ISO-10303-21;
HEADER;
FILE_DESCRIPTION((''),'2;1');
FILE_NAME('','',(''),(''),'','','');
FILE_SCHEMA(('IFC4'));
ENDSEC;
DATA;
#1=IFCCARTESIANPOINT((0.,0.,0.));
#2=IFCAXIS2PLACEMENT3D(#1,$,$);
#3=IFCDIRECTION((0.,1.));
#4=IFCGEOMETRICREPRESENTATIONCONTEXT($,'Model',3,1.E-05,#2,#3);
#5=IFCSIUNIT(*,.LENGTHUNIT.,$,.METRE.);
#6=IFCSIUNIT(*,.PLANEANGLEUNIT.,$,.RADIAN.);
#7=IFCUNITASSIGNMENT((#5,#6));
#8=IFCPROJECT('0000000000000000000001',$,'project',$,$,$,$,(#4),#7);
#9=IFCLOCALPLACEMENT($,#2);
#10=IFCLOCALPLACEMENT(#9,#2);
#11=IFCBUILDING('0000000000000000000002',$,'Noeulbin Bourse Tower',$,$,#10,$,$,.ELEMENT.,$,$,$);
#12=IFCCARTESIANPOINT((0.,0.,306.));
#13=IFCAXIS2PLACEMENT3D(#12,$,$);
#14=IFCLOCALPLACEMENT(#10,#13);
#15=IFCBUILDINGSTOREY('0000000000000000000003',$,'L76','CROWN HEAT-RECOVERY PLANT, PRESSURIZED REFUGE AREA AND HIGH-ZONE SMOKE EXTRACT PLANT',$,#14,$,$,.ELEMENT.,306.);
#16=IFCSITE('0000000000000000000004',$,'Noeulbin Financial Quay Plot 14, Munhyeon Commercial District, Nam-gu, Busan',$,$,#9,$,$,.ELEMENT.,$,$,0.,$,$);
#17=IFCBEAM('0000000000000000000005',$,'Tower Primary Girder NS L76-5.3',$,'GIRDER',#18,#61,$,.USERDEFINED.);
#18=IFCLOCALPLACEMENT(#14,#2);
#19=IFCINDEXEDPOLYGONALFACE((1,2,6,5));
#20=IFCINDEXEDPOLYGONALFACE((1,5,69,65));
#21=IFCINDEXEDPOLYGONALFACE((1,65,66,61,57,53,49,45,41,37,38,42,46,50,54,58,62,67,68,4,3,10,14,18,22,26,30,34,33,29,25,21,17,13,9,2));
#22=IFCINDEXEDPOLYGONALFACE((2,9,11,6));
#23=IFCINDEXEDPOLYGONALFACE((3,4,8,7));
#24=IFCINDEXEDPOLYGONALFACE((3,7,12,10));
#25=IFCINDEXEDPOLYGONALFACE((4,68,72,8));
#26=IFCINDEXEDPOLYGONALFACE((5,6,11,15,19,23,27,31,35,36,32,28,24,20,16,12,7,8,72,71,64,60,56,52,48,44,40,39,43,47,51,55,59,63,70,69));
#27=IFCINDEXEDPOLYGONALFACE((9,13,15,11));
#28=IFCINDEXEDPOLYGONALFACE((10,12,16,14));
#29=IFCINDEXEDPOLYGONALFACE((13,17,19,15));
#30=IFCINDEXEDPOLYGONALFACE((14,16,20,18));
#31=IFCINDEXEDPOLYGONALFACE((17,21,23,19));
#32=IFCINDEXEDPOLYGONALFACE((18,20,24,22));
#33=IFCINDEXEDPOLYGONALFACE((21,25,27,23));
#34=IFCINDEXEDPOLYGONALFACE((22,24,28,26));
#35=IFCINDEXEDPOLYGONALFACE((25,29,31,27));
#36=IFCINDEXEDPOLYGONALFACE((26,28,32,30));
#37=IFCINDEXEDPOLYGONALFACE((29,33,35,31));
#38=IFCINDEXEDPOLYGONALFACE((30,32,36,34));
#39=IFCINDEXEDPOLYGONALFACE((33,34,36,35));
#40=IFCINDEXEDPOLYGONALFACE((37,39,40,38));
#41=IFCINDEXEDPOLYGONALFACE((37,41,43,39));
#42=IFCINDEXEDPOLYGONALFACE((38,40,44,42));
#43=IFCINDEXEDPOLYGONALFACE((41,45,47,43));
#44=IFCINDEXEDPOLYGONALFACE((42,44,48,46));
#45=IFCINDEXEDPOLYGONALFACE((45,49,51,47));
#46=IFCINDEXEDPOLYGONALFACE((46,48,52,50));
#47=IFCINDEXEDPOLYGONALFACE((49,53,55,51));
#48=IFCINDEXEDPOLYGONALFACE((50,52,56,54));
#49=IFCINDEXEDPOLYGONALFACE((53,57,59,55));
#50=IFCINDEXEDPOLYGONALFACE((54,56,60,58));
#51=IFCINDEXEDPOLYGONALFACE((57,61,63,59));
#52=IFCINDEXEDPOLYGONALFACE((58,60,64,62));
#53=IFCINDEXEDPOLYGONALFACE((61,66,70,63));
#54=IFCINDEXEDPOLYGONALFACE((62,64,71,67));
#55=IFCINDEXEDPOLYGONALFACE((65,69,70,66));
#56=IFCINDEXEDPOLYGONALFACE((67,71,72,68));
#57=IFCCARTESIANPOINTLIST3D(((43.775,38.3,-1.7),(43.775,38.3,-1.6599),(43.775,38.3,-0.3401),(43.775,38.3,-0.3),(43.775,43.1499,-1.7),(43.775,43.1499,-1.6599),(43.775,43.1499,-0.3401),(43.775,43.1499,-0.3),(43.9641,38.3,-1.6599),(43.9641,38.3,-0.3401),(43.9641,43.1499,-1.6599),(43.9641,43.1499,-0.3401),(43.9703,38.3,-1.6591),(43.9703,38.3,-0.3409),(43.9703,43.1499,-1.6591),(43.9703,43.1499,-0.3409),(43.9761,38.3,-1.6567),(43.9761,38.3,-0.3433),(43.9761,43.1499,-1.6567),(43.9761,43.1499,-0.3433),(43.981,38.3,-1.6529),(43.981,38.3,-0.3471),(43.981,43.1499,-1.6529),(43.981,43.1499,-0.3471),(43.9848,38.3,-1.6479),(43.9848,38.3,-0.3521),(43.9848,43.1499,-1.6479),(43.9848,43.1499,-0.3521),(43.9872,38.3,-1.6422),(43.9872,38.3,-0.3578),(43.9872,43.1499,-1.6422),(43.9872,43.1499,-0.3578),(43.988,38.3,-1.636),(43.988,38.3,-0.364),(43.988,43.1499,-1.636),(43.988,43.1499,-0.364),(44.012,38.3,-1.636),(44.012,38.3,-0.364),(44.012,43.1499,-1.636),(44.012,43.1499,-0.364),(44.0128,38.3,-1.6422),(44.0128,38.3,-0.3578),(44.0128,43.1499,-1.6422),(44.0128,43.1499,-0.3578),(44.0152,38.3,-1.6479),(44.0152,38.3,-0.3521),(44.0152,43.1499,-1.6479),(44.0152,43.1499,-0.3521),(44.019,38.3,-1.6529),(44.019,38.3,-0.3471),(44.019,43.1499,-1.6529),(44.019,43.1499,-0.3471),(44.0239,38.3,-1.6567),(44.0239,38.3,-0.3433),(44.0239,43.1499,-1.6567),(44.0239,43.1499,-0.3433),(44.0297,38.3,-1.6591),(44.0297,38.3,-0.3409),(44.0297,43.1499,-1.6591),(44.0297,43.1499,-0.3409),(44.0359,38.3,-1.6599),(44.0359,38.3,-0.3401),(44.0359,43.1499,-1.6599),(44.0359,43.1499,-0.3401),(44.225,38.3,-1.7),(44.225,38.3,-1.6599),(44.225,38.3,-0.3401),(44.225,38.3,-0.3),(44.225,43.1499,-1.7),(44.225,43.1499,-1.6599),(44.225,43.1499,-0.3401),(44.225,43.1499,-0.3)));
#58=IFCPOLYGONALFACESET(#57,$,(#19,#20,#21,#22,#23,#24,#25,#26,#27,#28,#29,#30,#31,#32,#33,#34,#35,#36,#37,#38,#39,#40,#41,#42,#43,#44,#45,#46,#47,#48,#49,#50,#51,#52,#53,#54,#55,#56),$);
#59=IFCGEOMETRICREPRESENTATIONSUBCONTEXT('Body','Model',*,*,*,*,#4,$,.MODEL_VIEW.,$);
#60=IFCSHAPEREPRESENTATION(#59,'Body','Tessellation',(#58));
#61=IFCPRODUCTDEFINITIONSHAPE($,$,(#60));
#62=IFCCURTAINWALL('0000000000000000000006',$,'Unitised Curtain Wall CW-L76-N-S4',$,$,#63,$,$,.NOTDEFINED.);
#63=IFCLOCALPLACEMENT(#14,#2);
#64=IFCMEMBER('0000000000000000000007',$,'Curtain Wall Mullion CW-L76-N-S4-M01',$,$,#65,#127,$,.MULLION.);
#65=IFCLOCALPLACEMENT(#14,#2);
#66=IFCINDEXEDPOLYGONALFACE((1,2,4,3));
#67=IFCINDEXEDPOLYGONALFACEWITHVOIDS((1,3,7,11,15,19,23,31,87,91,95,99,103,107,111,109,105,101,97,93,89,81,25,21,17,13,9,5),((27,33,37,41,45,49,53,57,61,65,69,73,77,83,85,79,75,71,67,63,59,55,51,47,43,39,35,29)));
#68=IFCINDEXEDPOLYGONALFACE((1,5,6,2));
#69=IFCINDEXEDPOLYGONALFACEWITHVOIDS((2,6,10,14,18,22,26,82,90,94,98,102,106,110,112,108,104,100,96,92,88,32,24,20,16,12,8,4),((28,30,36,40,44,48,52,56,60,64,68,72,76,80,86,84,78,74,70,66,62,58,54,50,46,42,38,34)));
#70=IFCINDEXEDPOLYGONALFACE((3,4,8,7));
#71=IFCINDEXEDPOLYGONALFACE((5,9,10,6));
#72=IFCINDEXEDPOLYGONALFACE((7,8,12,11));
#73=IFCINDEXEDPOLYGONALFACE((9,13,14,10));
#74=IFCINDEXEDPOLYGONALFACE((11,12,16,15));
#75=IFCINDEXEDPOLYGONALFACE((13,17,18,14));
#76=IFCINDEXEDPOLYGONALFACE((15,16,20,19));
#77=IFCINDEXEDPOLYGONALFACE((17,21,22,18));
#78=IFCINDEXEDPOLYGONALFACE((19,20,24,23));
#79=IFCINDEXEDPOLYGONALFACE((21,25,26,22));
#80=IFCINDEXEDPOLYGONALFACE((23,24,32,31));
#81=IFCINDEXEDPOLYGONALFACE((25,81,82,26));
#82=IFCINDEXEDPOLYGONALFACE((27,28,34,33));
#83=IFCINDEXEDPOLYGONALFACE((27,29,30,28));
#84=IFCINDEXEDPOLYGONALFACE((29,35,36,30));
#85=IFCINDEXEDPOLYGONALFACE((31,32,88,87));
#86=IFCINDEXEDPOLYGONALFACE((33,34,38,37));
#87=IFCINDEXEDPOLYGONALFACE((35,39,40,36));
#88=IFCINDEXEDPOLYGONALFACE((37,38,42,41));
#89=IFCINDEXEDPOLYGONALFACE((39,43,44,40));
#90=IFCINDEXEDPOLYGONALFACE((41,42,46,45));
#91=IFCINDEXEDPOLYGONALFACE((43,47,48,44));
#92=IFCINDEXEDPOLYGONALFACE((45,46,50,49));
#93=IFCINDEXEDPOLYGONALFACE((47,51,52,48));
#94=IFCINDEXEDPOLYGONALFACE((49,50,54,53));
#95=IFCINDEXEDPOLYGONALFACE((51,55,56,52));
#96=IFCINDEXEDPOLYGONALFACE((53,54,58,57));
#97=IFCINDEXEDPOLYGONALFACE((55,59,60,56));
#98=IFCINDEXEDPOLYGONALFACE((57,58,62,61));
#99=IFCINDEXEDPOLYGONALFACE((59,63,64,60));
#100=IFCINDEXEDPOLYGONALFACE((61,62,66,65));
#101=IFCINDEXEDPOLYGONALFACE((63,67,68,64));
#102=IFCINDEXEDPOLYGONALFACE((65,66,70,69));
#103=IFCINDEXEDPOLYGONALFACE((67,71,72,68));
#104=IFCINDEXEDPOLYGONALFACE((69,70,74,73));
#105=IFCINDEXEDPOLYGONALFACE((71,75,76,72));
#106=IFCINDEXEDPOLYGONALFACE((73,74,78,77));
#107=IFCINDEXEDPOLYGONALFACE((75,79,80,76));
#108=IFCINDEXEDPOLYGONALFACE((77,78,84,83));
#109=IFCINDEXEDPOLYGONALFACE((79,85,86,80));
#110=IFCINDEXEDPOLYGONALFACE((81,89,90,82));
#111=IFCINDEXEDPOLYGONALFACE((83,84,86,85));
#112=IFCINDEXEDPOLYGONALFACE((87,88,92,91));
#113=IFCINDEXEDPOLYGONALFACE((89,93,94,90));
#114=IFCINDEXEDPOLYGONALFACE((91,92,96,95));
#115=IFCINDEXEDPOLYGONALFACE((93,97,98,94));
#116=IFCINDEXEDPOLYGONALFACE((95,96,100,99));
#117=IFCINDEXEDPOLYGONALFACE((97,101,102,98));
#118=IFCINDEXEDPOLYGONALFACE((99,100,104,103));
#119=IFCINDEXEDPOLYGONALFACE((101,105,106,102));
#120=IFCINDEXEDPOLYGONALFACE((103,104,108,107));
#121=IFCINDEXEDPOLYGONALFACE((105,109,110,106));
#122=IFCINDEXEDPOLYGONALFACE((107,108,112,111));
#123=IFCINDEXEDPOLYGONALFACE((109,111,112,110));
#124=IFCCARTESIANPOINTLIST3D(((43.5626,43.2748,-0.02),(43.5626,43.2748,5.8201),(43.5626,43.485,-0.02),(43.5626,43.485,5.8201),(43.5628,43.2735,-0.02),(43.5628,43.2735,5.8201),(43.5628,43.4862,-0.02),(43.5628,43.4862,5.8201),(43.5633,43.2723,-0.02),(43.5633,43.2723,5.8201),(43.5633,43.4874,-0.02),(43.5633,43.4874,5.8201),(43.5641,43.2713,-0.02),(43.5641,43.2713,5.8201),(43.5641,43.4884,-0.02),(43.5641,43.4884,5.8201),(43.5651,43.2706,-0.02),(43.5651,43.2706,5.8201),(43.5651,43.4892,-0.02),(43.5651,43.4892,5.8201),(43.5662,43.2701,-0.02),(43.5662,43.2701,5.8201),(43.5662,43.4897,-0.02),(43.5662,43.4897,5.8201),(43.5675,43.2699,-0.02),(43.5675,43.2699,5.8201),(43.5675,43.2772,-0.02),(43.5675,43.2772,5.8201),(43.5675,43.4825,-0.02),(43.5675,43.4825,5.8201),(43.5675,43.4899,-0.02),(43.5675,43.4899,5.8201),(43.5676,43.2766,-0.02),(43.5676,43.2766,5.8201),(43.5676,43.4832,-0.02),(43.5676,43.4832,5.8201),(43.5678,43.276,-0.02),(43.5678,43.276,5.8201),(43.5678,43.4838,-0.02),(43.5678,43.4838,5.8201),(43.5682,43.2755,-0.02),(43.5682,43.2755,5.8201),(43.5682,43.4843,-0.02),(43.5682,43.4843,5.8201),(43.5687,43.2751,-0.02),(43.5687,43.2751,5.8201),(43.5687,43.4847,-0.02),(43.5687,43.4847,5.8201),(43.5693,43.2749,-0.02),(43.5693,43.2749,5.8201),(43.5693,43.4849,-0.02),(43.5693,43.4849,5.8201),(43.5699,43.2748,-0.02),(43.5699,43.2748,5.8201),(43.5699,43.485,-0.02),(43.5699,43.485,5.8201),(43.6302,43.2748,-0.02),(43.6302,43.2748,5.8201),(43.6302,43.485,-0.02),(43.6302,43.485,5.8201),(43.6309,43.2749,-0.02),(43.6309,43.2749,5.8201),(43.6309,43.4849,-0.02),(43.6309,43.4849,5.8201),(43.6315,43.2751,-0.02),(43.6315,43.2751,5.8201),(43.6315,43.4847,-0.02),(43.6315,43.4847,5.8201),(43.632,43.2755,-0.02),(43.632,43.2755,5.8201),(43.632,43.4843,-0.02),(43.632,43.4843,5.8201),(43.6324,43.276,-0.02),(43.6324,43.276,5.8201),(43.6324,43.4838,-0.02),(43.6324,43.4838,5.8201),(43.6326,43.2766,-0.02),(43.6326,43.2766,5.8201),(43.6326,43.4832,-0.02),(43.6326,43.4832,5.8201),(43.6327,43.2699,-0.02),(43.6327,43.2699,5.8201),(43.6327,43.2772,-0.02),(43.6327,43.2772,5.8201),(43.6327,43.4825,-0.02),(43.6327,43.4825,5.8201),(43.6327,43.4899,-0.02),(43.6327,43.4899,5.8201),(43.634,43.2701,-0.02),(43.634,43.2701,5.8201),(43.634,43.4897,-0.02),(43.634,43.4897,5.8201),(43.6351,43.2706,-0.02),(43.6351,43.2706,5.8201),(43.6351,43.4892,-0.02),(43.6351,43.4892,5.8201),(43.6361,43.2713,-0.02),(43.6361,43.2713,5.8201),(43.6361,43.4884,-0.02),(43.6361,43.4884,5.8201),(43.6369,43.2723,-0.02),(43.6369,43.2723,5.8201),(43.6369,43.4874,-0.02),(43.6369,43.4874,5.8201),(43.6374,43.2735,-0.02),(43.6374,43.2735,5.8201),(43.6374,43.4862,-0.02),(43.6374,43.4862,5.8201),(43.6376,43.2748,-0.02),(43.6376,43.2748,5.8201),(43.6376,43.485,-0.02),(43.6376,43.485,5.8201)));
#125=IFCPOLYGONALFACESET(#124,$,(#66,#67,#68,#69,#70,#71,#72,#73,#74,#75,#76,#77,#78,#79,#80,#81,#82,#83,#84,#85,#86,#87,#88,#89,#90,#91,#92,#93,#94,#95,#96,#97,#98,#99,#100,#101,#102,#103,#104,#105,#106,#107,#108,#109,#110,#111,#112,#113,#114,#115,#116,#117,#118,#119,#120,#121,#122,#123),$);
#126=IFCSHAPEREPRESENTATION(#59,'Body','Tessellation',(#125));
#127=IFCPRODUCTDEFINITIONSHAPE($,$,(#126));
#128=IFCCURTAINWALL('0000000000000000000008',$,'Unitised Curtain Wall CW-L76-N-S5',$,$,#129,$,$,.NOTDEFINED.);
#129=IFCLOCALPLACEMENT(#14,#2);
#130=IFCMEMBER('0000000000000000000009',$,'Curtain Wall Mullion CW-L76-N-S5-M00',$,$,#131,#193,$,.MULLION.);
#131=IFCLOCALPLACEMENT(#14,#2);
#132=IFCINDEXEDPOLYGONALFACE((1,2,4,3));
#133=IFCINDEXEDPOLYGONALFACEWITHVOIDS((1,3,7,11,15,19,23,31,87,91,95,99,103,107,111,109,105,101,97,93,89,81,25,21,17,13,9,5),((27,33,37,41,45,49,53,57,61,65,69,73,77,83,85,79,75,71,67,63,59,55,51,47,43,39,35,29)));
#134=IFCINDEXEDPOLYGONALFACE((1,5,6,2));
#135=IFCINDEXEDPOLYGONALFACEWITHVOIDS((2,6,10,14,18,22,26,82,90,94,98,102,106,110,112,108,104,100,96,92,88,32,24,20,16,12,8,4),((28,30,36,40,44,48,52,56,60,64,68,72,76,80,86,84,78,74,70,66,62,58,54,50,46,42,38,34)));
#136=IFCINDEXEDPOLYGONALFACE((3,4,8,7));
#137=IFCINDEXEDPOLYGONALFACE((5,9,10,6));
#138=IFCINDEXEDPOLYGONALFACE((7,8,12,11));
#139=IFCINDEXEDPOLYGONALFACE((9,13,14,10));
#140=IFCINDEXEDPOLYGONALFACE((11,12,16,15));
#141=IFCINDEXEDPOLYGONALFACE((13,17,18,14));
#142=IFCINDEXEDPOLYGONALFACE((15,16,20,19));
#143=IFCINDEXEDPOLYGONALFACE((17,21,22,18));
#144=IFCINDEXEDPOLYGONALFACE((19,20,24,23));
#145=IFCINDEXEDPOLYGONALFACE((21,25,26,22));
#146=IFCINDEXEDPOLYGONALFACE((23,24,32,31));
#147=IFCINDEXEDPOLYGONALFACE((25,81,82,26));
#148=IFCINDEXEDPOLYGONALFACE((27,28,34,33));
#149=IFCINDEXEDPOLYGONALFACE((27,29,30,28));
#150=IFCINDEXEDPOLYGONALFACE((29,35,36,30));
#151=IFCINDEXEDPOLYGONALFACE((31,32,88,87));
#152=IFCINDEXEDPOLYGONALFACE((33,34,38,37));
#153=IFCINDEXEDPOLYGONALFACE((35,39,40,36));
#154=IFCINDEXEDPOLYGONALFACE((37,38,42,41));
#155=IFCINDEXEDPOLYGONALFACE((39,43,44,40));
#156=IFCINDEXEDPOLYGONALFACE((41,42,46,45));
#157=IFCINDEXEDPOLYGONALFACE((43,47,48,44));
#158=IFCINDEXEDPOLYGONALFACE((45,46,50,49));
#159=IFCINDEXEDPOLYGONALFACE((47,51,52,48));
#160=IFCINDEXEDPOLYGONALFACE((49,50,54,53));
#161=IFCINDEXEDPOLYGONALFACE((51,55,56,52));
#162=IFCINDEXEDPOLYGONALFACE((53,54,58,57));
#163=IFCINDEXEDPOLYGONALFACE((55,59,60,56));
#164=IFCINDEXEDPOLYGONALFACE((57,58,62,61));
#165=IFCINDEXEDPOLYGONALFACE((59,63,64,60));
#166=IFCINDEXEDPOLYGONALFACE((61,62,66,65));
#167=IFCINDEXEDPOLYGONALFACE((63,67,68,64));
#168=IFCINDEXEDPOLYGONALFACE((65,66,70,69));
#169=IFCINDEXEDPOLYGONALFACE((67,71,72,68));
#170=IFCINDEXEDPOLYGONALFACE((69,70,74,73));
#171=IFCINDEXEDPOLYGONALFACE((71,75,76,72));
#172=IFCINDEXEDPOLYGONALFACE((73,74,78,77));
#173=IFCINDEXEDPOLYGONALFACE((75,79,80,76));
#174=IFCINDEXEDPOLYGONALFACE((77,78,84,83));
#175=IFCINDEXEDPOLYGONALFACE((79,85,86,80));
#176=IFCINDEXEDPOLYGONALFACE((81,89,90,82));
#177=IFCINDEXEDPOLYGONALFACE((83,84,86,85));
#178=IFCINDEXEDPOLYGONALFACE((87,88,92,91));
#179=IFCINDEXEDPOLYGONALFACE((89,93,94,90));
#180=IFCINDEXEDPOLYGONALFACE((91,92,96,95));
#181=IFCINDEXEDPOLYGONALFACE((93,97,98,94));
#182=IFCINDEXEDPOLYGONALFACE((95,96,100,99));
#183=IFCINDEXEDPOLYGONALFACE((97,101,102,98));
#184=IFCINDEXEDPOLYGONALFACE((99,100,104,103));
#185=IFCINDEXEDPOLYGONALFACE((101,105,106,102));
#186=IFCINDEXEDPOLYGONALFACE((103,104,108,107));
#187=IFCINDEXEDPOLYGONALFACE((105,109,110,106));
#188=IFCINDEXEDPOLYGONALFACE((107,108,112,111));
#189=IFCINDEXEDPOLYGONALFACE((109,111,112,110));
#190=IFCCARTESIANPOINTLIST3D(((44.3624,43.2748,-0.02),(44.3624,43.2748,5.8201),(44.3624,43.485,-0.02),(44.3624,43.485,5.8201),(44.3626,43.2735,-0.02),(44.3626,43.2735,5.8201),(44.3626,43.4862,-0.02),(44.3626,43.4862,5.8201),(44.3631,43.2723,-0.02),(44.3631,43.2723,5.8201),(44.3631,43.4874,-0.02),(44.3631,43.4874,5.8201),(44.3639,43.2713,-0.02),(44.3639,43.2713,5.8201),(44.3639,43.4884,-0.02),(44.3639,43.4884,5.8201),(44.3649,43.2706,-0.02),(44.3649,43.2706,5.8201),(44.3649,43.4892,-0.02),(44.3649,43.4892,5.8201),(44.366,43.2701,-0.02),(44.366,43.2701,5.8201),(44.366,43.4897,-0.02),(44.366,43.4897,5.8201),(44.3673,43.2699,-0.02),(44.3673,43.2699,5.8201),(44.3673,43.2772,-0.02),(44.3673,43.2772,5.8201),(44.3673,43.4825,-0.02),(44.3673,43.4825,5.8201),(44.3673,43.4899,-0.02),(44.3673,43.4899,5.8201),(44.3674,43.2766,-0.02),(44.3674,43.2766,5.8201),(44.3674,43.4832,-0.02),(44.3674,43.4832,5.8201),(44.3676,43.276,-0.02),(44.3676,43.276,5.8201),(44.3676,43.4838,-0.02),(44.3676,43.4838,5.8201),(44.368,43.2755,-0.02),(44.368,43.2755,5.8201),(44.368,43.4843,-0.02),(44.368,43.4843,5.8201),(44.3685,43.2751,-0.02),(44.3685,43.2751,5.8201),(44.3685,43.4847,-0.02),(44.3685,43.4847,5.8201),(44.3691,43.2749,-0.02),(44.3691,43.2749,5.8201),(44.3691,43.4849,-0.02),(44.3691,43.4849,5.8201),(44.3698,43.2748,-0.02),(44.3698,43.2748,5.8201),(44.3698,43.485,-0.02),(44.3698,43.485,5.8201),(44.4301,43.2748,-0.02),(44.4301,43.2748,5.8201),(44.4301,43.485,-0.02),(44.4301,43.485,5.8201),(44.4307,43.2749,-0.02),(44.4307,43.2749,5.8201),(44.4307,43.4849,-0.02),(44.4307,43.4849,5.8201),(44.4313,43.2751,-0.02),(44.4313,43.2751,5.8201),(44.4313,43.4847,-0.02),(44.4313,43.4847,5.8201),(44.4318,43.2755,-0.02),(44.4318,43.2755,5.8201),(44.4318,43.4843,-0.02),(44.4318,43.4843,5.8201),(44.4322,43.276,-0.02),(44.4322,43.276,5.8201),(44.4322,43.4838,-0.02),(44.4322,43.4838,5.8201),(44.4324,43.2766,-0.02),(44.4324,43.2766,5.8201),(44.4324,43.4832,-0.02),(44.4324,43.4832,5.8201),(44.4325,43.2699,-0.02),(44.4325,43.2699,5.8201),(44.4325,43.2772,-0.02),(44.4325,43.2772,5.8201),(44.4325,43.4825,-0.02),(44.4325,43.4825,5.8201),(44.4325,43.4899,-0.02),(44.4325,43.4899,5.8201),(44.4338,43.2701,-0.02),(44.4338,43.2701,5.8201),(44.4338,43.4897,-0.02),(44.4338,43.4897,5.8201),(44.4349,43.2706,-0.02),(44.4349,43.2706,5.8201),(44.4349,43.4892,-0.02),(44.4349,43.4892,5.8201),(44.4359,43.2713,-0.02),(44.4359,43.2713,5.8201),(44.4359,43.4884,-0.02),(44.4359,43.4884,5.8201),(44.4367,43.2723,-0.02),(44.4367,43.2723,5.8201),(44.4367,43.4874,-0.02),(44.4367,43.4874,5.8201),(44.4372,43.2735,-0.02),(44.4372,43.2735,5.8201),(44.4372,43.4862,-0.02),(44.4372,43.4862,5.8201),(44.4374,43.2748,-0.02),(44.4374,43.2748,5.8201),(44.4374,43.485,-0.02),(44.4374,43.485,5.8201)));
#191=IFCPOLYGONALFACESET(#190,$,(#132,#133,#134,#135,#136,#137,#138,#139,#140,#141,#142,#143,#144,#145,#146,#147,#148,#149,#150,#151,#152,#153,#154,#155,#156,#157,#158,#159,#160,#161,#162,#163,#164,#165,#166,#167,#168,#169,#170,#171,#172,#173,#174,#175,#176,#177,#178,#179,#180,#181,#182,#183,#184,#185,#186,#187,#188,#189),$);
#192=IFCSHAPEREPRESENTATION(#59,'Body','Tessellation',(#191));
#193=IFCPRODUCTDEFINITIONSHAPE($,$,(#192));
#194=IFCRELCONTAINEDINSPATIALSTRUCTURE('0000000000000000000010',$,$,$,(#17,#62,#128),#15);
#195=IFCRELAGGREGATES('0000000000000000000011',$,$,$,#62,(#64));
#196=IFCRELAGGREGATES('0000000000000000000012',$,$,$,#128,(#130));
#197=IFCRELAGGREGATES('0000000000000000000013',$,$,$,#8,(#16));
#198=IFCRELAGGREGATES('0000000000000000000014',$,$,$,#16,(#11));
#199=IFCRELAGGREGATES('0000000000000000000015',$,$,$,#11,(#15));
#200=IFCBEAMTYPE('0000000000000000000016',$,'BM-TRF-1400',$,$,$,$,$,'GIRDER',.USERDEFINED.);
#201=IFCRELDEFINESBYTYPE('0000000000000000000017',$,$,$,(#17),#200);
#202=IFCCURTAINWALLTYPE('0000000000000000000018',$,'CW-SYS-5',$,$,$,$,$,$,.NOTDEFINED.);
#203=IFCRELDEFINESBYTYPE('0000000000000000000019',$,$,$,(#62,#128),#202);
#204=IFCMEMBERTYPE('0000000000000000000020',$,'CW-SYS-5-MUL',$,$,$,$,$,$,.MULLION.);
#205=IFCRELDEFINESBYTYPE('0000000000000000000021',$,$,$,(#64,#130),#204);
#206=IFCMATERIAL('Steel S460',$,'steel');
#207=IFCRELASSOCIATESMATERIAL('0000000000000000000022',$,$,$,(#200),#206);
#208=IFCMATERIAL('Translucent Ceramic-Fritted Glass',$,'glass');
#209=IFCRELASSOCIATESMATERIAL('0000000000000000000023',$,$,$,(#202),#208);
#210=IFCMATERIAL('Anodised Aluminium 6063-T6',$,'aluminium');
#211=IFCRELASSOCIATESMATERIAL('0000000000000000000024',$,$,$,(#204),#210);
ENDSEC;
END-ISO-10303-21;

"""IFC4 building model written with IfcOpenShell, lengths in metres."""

from ifc_helpers import new_model, si_unit, direction, frame, origin, origin_2d, place, context, subcontext, project, spatial, hollow_rectangle, i_section, extrude, material, material_profile, profile_set, type_object, element, aggregate, save


model = new_model("IFC4")

# Units and contexts
model_context = context("Model", 3, precision=1e-05, world=origin(), true_north=direction((0.0, 1.0)))
body_context = subcontext(model_context, "Body", "Model", "MODEL_VIEW")
ifc_project = project(units=[si_unit("LENGTHUNIT", "METRE"), si_unit("PLANEANGLEUNIT", "RADIAN")], contexts=[model_context])

# Site, building, storey
site_placement = place(None, origin())
site = spatial("IfcSite", under=ifc_project, at=site_placement, Name="Noeulbin Financial Quay Plot 14, Munhyeon Commercial District, Nam-gu, Busan", CompositionType="ELEMENT", RefElevation=0.0)
building_placement = place(site_placement, origin())
building = spatial("IfcBuilding", under=site, at=building_placement, Name="Noeulbin Bourse Tower", CompositionType="ELEMENT")
storey_placement = place(building_placement, frame((0.0, 0.0, 306.0)))
storey = spatial("IfcBuildingStorey", under=building, at=storey_placement, Name="L76", Description="CROWN HEAT-RECOVERY PLANT, PRESSURIZED REFUGE AREA AND HIGH-ZONE SMOKE EXTRACT PLANT", CompositionType="ELEMENT", Elevation=306.0)

# Beam
ifc_material_1 = material(Name="Steel S460", Category="steel")
ifc_material_profile_1 = material_profile(ifc_material_1, i_section(OverallWidth=0.45, OverallDepth=1.3999, WebThickness=0.0239, FlangeThickness=0.04, FilletRadius=0.0239, at=origin_2d()), Name="PG-1400x450x24x40", Category="LoadBearing")
ifc_profile_set_1 = profile_set([ifc_material_profile_1], Name="Steel S460")
beam_type_1 = type_object("IfcBeamType", Name="BM-TRF-1400", ElementType="GIRDER", PredefinedType="USERDEFINED", material=ifc_profile_set_1)
beam_1_placement = place(storey_placement, frame((44.0, 38.3, -1.0), z_axis=(0.0, 1.0, 0.0), x_axis=(-1.0, 0.0, 0.0)))
element("IfcBeam", 1, at=beam_1_placement, inside=storey, type_object=beam_type_1, Name="Tower Primary Girder NS L76-5.3", ObjectType="GIRDER", PredefinedType="USERDEFINED", context=body_context, shape_type="SweptSolid", body=[
    extrude(i_section(OverallWidth=0.45, OverallDepth=1.3999, WebThickness=0.0239, FlangeThickness=0.04, FilletRadius=0.0239, at=origin_2d()), origin(), (0.0, 0.0, 1.0), 4.8499),
])

# Curtain wall, member
ifc_material_2 = material(Name="Translucent Ceramic-Fritted Glass", Category="glass")
curtain_wall_type = type_object("IfcCurtainWallType", Name="CW-SYS-5", PredefinedType="NOTDEFINED", material=ifc_material_2)
curtain_wall_1_placement = place(storey_placement, origin())
curtain_wall_1 = element("IfcCurtainWall", 2, at=curtain_wall_1_placement, inside=storey, type_object=curtain_wall_type, Name="Unitised Curtain Wall CW-L76-N-S4", PredefinedType="NOTDEFINED")
ifc_material_3 = material(Name="Anodised Aluminium 6063-T6", Category="aluminium")
ifc_material_profile_2 = material_profile(ifc_material_3, hollow_rectangle(XDim=0.075, YDim=0.22, WallThickness=0.0049, InnerFilletRadius=0.0024, OuterFilletRadius=0.0049, at=origin_2d()), Name="ALU-MULL-75x220x5", Category="LoadBearing")
ifc_profile_set_2 = profile_set([ifc_material_profile_2], Name="Anodised Aluminium 6063-T6")
member_type_1 = type_object("IfcMemberType", Name="CW-SYS-5-MUL", PredefinedType="MULLION", material=ifc_profile_set_2)
member_1_placement = place(storey_placement, frame((43.6001, 43.3799, -0.02), z_axis=(0.0, 0.0, 1.0), x_axis=(1.0, 0.0, 0.0)))
member_1 = element("IfcMember", 3, at=member_1_placement, type_object=member_type_1, Name="Curtain Wall Mullion CW-L76-N-S4-M01", PredefinedType="MULLION", context=body_context, shape_type="SweptSolid", body=[
    extrude(hollow_rectangle(XDim=0.075, YDim=0.22, WallThickness=0.0049, InnerFilletRadius=0.0024, OuterFilletRadius=0.0049, at=origin_2d()), origin(), (0.0, 0.0, 1.0), 5.8401),
])

# Curtain wall, member
curtain_wall_2_placement = place(storey_placement, origin())
curtain_wall_2 = element("IfcCurtainWall", 4, at=curtain_wall_2_placement, inside=storey, type_object=curtain_wall_type, Name="Unitised Curtain Wall CW-L76-N-S5", PredefinedType="NOTDEFINED")
member_2_placement = place(storey_placement, frame((44.3999, 43.3799, -0.02), z_axis=(0.0, 0.0, 1.0), x_axis=(1.0, 0.0, 0.0)))
member_2 = element("IfcMember", 5, at=member_2_placement, type_object=member_type_1, Name="Curtain Wall Mullion CW-L76-N-S5-M00", PredefinedType="MULLION", context=body_context, shape_type="SweptSolid", body=[
    extrude(hollow_rectangle(XDim=0.075, YDim=0.22, WallThickness=0.0049, InnerFilletRadius=0.0024, OuterFilletRadius=0.0049, at=origin_2d()), origin(), (0.0, 0.0, 1.0), 5.8401),
])

aggregate(curtain_wall_1, [member_1])
aggregate(curtain_wall_2, [member_2])

save(model, "model.ifc")
